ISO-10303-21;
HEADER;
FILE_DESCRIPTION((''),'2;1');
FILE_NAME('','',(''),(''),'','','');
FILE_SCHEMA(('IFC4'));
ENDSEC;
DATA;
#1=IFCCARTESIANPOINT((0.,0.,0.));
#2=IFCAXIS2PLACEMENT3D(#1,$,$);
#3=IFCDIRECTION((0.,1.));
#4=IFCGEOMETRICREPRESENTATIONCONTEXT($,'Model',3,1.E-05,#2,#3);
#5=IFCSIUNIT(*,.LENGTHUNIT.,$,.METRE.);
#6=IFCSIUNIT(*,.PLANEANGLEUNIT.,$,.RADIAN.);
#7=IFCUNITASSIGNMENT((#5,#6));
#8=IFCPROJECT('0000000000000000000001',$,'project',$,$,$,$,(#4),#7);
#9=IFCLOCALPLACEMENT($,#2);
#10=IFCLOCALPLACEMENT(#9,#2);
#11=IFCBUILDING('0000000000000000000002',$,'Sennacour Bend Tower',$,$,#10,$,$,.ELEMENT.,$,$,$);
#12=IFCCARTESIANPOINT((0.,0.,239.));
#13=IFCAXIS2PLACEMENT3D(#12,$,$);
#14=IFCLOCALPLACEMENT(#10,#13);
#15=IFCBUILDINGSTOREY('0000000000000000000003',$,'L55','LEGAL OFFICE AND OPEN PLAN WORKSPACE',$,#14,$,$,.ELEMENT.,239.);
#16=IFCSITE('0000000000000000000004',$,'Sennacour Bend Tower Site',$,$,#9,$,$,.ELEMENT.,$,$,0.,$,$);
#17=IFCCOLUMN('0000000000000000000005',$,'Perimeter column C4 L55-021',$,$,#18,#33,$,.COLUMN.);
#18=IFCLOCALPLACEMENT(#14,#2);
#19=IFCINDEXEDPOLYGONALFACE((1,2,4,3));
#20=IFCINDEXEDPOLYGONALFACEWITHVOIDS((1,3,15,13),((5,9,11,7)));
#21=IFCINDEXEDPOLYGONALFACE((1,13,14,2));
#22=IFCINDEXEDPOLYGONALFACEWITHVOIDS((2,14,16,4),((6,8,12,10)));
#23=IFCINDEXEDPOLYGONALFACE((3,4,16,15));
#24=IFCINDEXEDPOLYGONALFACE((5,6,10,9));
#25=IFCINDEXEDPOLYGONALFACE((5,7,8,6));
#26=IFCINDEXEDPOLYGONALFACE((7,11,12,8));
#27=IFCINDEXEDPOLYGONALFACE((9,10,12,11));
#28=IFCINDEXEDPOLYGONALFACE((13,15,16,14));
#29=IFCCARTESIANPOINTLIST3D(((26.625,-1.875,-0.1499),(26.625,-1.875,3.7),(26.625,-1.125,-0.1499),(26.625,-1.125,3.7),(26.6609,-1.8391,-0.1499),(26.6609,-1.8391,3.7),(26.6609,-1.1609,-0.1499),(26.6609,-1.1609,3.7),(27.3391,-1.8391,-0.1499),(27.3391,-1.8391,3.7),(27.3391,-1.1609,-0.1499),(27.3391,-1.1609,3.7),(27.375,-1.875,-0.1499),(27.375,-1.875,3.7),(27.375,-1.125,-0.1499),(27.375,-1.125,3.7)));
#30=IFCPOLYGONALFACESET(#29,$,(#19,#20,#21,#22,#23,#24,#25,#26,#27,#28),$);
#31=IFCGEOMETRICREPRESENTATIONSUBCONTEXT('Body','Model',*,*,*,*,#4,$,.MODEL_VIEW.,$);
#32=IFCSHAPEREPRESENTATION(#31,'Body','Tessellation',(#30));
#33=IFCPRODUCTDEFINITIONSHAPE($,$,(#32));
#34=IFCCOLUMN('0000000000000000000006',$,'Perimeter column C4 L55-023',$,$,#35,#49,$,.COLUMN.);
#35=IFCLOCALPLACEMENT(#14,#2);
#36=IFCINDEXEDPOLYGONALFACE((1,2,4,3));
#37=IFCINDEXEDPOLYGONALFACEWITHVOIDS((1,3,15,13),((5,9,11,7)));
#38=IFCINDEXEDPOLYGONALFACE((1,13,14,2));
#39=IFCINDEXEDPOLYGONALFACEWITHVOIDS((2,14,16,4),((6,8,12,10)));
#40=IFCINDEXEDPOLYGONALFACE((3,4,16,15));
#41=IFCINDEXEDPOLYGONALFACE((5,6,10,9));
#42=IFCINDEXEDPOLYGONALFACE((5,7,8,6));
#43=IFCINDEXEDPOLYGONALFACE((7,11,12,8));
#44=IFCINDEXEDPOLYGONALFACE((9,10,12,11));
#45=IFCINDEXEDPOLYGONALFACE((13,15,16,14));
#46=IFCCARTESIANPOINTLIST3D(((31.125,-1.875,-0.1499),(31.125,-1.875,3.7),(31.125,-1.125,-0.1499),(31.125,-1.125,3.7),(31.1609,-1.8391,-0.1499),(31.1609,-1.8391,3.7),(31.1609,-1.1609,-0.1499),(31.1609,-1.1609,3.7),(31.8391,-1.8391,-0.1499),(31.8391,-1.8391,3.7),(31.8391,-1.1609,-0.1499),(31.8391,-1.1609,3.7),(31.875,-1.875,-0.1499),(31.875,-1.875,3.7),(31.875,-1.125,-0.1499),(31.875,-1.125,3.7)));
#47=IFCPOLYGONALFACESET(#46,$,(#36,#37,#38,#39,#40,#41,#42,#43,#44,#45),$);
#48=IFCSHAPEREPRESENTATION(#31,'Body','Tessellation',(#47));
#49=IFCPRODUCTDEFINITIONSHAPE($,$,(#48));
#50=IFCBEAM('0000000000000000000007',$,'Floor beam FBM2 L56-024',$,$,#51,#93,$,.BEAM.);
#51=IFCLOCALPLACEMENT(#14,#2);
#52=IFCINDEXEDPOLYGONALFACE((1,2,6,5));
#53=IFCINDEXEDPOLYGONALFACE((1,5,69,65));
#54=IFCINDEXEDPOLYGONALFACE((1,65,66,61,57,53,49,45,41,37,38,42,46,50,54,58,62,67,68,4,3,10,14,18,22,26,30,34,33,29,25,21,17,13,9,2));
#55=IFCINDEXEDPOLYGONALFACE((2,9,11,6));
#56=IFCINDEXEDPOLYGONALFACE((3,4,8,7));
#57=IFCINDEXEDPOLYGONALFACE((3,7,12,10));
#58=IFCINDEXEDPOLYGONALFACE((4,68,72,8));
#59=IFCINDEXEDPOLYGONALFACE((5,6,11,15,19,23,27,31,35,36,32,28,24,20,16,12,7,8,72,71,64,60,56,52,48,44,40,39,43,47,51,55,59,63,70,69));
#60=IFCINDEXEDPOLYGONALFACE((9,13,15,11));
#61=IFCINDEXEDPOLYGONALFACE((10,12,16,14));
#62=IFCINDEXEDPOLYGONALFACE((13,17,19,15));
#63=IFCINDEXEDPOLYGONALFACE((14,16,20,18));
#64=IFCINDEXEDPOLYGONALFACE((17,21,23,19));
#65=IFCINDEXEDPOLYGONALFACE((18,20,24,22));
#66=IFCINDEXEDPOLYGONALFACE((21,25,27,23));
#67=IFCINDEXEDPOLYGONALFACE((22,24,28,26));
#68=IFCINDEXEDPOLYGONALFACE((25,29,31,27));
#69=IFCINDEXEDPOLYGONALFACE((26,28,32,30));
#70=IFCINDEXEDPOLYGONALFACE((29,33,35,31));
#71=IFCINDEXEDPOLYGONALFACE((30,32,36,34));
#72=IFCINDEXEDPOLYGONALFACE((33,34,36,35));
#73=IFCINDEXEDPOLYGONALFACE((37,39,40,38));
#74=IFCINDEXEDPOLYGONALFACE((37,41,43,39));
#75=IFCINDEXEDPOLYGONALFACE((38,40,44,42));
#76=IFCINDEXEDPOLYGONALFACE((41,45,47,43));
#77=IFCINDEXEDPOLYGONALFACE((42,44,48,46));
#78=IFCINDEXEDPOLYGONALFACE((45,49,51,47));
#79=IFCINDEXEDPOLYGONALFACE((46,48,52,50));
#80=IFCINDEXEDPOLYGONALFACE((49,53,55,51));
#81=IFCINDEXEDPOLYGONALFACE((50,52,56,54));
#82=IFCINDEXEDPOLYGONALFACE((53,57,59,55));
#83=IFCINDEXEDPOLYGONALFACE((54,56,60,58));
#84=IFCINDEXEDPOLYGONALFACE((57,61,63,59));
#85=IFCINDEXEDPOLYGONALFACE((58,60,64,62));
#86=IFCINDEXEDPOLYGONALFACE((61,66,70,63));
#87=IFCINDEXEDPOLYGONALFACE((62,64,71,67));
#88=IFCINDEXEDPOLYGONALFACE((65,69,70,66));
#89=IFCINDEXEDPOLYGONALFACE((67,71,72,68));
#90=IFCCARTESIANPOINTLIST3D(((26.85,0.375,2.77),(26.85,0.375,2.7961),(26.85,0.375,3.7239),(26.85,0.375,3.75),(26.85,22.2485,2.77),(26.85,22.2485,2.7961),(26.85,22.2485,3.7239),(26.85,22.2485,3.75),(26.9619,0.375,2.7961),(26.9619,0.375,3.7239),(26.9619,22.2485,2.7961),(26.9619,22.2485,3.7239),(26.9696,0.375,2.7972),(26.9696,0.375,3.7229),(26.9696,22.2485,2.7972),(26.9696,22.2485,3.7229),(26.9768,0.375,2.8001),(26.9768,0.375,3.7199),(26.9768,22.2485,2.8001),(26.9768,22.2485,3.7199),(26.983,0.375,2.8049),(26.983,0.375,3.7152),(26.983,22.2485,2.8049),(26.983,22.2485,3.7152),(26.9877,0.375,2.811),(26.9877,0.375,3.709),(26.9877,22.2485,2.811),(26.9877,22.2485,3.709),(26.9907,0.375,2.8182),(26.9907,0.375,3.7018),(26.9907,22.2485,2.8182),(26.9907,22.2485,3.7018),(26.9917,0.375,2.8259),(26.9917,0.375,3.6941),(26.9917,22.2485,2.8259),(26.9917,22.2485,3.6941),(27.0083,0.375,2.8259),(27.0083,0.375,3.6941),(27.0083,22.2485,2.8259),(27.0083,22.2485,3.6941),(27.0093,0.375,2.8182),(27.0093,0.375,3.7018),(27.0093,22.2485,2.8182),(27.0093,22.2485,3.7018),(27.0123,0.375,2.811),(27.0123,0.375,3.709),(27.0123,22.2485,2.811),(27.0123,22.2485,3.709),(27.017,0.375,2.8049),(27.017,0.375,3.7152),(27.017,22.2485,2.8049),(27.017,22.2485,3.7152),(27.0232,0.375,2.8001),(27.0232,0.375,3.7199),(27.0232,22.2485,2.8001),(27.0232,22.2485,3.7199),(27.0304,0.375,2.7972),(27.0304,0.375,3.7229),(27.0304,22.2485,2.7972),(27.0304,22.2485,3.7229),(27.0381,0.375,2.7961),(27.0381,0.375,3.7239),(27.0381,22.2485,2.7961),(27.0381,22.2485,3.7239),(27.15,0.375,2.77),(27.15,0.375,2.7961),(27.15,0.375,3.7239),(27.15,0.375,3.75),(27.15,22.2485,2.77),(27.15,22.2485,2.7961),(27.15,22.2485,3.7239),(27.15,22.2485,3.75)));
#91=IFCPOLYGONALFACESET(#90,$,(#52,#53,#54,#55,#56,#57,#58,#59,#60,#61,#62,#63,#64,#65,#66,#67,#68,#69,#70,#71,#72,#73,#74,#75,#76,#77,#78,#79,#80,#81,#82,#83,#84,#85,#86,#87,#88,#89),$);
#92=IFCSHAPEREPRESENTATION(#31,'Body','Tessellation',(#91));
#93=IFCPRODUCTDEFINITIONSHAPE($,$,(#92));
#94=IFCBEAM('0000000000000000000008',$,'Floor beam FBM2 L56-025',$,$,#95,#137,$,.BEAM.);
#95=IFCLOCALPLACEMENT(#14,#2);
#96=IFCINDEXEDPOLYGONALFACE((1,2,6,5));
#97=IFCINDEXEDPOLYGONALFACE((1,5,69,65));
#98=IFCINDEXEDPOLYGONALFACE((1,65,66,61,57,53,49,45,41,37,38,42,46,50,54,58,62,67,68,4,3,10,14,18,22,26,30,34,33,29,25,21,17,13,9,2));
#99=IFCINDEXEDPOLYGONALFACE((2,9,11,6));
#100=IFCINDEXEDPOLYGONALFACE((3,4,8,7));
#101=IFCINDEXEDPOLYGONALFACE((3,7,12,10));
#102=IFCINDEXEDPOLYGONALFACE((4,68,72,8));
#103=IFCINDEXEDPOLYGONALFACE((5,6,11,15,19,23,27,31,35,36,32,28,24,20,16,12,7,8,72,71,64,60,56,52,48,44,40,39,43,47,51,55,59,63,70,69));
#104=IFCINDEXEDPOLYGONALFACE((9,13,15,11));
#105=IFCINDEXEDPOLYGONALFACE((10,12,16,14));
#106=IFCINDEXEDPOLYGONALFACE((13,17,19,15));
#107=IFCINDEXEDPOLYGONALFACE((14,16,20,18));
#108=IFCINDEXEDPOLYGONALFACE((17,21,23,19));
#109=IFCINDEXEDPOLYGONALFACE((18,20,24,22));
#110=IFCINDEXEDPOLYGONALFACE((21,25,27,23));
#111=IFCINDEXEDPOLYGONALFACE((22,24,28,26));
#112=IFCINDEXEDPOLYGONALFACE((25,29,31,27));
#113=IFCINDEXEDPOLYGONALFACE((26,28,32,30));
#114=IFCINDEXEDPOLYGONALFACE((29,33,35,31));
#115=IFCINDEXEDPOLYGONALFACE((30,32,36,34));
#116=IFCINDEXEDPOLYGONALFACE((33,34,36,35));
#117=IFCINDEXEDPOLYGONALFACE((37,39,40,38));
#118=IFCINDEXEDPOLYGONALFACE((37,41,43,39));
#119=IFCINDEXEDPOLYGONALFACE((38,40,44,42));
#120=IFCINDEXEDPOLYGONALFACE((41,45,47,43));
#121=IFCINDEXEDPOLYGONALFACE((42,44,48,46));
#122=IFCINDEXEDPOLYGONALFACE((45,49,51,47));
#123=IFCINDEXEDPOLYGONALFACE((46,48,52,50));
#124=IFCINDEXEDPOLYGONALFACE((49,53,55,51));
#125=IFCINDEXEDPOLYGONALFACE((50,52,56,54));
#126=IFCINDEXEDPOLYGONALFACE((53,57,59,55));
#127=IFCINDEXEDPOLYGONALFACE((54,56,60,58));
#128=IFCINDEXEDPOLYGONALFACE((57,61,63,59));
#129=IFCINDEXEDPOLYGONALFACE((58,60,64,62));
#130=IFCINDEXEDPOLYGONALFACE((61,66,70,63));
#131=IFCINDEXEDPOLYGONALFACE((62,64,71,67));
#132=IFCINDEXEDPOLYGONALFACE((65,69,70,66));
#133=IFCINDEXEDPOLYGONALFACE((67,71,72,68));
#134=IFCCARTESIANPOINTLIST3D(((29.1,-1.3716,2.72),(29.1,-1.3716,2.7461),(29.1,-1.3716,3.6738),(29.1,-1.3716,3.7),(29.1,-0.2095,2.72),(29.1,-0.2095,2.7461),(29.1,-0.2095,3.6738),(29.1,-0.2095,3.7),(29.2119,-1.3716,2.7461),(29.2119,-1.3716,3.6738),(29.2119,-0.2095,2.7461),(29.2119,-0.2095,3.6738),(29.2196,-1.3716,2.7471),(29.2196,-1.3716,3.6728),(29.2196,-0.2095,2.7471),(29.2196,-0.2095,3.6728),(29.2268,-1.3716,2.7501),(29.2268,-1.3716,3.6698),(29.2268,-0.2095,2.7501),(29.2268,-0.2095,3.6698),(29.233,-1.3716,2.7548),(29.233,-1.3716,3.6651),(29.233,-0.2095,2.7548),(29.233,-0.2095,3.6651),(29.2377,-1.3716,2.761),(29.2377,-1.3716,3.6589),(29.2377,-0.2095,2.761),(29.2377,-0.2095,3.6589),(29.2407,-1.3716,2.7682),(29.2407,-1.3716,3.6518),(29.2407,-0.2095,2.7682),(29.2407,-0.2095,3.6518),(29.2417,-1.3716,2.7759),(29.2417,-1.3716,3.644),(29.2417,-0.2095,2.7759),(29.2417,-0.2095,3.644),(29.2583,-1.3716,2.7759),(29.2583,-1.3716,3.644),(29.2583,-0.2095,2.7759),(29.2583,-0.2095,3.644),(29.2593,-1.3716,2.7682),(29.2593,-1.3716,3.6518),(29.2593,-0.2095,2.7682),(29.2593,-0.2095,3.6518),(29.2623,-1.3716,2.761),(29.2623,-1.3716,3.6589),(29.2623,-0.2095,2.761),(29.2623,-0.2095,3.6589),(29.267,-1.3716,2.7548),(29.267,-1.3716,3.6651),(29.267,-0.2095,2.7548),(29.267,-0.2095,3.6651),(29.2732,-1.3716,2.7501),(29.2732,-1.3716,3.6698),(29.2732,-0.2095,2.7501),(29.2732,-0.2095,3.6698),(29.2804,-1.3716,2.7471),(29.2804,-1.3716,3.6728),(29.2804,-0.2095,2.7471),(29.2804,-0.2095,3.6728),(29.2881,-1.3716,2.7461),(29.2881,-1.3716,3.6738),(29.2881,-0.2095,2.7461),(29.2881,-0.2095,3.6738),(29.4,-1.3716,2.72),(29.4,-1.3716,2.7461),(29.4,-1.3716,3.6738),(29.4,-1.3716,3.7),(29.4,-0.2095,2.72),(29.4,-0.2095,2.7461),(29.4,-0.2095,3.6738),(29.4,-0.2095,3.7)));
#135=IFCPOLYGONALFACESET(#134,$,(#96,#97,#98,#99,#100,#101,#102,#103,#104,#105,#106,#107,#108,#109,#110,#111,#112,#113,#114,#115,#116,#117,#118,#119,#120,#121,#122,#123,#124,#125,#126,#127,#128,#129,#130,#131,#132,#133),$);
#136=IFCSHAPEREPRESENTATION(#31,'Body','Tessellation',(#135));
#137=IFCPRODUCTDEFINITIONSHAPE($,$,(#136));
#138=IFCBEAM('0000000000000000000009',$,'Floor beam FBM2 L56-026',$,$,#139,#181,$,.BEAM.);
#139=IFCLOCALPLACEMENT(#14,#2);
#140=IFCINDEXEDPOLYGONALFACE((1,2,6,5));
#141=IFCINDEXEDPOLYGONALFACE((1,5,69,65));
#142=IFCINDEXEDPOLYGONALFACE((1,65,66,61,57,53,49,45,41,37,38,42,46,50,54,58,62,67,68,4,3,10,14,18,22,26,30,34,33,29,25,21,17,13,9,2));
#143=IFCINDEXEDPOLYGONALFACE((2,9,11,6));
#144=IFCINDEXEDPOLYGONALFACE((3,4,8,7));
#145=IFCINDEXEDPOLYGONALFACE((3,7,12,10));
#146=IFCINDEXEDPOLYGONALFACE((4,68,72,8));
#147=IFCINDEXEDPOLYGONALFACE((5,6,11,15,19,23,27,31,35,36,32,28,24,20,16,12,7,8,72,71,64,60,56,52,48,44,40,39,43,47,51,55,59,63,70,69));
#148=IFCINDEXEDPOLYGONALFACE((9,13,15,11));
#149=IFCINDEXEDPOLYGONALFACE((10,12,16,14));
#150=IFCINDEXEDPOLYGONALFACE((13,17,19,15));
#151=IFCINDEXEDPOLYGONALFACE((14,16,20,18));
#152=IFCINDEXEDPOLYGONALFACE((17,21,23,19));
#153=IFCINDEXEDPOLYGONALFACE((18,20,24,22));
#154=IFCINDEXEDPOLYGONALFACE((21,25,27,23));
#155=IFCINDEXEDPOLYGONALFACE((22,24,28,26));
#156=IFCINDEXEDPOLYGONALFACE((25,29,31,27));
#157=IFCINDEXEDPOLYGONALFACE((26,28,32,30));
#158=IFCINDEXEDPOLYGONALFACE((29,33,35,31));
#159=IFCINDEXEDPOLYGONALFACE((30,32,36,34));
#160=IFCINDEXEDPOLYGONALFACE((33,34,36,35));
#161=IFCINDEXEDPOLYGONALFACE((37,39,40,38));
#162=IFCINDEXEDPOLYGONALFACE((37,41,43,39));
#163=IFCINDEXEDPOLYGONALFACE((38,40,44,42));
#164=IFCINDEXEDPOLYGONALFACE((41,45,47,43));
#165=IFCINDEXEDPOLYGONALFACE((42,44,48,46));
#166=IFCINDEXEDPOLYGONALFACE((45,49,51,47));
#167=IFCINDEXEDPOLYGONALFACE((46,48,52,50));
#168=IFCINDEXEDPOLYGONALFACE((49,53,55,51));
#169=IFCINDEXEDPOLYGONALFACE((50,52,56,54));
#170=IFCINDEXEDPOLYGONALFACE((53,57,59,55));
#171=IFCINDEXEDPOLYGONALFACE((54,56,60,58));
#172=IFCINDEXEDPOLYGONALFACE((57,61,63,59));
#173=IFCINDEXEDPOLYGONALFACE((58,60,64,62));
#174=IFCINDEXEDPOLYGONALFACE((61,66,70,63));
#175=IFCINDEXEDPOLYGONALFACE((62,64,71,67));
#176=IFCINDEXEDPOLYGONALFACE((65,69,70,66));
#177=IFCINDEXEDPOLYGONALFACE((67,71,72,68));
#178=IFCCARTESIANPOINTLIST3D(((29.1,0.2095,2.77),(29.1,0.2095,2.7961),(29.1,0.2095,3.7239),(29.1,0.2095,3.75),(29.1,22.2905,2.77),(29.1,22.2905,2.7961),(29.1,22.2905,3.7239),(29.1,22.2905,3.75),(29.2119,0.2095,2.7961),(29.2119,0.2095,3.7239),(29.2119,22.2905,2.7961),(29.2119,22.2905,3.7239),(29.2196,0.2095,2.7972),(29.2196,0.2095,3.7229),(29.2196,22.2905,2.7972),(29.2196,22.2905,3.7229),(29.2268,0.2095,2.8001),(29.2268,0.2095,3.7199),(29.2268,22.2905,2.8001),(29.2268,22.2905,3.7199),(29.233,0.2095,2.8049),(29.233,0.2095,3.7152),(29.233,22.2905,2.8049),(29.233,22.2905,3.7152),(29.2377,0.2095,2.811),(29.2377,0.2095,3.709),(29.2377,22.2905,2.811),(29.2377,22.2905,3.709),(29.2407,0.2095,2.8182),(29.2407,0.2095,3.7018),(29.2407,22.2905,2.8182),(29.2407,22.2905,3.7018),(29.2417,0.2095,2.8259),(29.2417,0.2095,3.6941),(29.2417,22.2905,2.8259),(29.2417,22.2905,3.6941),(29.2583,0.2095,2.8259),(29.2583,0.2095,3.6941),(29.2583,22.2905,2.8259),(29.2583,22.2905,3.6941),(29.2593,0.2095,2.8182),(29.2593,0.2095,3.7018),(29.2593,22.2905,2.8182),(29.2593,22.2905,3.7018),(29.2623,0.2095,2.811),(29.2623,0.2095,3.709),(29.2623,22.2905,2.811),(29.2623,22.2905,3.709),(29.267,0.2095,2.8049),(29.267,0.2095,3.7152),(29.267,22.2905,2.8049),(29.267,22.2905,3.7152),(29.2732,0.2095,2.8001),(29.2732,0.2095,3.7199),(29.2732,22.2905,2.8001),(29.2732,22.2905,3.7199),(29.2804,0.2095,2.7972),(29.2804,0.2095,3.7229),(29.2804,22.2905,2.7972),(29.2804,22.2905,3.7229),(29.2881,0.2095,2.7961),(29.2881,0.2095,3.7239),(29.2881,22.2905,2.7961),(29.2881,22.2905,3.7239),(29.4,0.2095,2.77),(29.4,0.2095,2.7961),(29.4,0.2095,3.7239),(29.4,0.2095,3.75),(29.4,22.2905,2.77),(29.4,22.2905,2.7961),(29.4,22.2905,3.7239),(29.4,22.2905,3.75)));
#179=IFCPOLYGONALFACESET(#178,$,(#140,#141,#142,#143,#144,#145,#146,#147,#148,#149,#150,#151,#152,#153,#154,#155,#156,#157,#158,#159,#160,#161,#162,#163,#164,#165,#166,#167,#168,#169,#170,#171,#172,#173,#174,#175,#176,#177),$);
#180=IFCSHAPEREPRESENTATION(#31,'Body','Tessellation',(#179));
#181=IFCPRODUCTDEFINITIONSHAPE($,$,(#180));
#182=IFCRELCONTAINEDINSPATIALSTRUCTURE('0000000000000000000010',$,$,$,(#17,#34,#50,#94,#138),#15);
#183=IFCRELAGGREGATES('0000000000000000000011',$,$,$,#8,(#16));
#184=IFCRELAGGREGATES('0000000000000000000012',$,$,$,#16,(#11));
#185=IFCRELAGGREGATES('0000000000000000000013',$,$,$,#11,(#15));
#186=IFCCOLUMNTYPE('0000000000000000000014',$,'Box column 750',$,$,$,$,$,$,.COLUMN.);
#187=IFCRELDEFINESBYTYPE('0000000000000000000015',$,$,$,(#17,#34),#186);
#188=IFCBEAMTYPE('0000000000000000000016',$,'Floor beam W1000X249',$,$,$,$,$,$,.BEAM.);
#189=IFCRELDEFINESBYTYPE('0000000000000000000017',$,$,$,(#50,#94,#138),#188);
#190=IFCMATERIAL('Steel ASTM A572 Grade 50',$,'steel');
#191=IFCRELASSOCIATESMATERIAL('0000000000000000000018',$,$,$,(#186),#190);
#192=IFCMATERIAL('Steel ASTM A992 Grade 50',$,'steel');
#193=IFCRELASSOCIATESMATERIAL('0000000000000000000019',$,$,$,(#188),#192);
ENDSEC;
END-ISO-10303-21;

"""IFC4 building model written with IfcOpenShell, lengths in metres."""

from ifc_helpers import new_model, si_unit, direction, frame, origin, origin_2d, place, context, subcontext, project, spatial, hollow_rectangle, i_section, extrude, material, material_profile, profile_set, type_object, element, save


model = new_model("IFC4")

# Units and contexts
model_context = context("Model", 3, precision=1e-05, world=origin(), true_north=direction((0.0, 1.0)))
body_context = subcontext(model_context, "Body", "Model", "MODEL_VIEW")
ifc_project = project(units=[si_unit("LENGTHUNIT", "METRE"), si_unit("PLANEANGLEUNIT", "RADIAN")], contexts=[model_context])

# Site, building, storey
site_placement = place(None, origin())
site = spatial("IfcSite", under=ifc_project, at=site_placement, Name="Sennacour Bend Tower Site", CompositionType="ELEMENT", RefElevation=0.0)
building_placement = place(site_placement, origin())
building = spatial("IfcBuilding", under=site, at=building_placement, Name="Sennacour Bend Tower", CompositionType="ELEMENT")
storey_placement = place(building_placement, frame((0.0, 0.0, 239.0)))
storey = spatial("IfcBuildingStorey", under=building, at=storey_placement, Name="L55", Description="LEGAL OFFICE AND OPEN PLAN WORKSPACE", CompositionType="ELEMENT", Elevation=239.0)

# Columns
ifc_material_1 = material(Name="Steel ASTM A572 Grade 50", Category="steel")
ifc_material_profile_1 = material_profile(ifc_material_1, hollow_rectangle(XDim=0.75, YDim=0.75, WallThickness=0.0359, at=origin_2d()), Name="Steel ASTM A572 Grade 50", Category="steel")
ifc_profile_set_1 = profile_set([ifc_material_profile_1], Name="Steel ASTM A572 Grade 50")
column_type = type_object("IfcColumnType", Name="Box column 750", PredefinedType="COLUMN", material=ifc_profile_set_1)
for number, where, z_axis, x_axis, name in (
    (1, (27.0, -1.5, -0.1499), (0.0, 0.0, 1.0), (1.0, 0.0, 0.0), "Perimeter column C4 L55-021"),
    (2, (31.5, -1.5, -0.1499), (0.0, 0.0, 1.0), (1.0, 0.0, 0.0), "Perimeter column C4 L55-023"),
):
    element("IfcColumn", number, at=place(storey_placement, frame(where, z_axis=z_axis, x_axis=x_axis)), inside=storey, type_object=column_type, Name=name, PredefinedType="COLUMN", context=body_context, shape_type="SweptSolid", body=[
        extrude(hollow_rectangle(XDim=0.75, YDim=0.75, WallThickness=0.0359, at=origin_2d()), origin(), (0.0, 0.0, 1.0), 3.8499),
    ])

# Beams
ifc_material_2 = material(Name="Steel ASTM A992 Grade 50", Category="steel")
ifc_material_profile_2 = material_profile(ifc_material_2, i_section(OverallWidth=0.3, OverallDepth=0.98, WebThickness=0.0166, FlangeThickness=0.0261, FilletRadius=0.0298, at=origin_2d()), Name="Steel ASTM A992 Grade 50", Category="steel")
ifc_profile_set_2 = profile_set([ifc_material_profile_2], Name="Steel ASTM A992 Grade 50")
beam_type_1 = type_object("IfcBeamType", Name="Floor beam W1000X249", PredefinedType="BEAM", material=ifc_profile_set_2)
beam_1_placement = place(storey_placement, frame((27.0, 0.375, 3.26), z_axis=(0.0, 1.0, 0.0), x_axis=(-1.0, 0.0, 0.0)))
element("IfcBeam", 3, at=beam_1_placement, inside=storey, type_object=beam_type_1, Name="Floor beam FBM2 L56-024", PredefinedType="BEAM", context=body_context, shape_type="SweptSolid", body=[
    extrude(i_section(OverallWidth=0.3, OverallDepth=0.98, WebThickness=0.0166, FlangeThickness=0.0261, FilletRadius=0.0298, at=origin_2d()), origin(), (0.0, 0.0, 1.0), 21.8735),
])
beam_2_placement = place(storey_placement, frame((29.25, -1.3716, 3.21), z_axis=(0.0, 1.0, 0.0), x_axis=(-1.0, 0.0, 0.0)))
element("IfcBeam", 4, at=beam_2_placement, inside=storey, type_object=beam_type_1, Name="Floor beam FBM2 L56-025", PredefinedType="BEAM", context=body_context, shape_type="SweptSolid", body=[
    extrude(i_section(OverallWidth=0.3, OverallDepth=0.98, WebThickness=0.0166, FlangeThickness=0.0261, FilletRadius=0.0298, at=origin_2d()), origin(), (0.0, 0.0, 1.0), 1.1621),
])
beam_3_placement = place(storey_placement, frame((29.25, 0.2095, 3.26), z_axis=(0.0, 1.0, 0.0), x_axis=(-1.0, 0.0, 0.0)))
element("IfcBeam", 5, at=beam_3_placement, inside=storey, type_object=beam_type_1, Name="Floor beam FBM2 L56-026", PredefinedType="BEAM", context=body_context, shape_type="SweptSolid", body=[
    extrude(i_section(OverallWidth=0.3, OverallDepth=0.98, WebThickness=0.0166, FlangeThickness=0.0261, FilletRadius=0.0298, at=origin_2d()), origin(), (0.0, 0.0, 1.0), 22.0811),
])

save(model, "model.ifc")
